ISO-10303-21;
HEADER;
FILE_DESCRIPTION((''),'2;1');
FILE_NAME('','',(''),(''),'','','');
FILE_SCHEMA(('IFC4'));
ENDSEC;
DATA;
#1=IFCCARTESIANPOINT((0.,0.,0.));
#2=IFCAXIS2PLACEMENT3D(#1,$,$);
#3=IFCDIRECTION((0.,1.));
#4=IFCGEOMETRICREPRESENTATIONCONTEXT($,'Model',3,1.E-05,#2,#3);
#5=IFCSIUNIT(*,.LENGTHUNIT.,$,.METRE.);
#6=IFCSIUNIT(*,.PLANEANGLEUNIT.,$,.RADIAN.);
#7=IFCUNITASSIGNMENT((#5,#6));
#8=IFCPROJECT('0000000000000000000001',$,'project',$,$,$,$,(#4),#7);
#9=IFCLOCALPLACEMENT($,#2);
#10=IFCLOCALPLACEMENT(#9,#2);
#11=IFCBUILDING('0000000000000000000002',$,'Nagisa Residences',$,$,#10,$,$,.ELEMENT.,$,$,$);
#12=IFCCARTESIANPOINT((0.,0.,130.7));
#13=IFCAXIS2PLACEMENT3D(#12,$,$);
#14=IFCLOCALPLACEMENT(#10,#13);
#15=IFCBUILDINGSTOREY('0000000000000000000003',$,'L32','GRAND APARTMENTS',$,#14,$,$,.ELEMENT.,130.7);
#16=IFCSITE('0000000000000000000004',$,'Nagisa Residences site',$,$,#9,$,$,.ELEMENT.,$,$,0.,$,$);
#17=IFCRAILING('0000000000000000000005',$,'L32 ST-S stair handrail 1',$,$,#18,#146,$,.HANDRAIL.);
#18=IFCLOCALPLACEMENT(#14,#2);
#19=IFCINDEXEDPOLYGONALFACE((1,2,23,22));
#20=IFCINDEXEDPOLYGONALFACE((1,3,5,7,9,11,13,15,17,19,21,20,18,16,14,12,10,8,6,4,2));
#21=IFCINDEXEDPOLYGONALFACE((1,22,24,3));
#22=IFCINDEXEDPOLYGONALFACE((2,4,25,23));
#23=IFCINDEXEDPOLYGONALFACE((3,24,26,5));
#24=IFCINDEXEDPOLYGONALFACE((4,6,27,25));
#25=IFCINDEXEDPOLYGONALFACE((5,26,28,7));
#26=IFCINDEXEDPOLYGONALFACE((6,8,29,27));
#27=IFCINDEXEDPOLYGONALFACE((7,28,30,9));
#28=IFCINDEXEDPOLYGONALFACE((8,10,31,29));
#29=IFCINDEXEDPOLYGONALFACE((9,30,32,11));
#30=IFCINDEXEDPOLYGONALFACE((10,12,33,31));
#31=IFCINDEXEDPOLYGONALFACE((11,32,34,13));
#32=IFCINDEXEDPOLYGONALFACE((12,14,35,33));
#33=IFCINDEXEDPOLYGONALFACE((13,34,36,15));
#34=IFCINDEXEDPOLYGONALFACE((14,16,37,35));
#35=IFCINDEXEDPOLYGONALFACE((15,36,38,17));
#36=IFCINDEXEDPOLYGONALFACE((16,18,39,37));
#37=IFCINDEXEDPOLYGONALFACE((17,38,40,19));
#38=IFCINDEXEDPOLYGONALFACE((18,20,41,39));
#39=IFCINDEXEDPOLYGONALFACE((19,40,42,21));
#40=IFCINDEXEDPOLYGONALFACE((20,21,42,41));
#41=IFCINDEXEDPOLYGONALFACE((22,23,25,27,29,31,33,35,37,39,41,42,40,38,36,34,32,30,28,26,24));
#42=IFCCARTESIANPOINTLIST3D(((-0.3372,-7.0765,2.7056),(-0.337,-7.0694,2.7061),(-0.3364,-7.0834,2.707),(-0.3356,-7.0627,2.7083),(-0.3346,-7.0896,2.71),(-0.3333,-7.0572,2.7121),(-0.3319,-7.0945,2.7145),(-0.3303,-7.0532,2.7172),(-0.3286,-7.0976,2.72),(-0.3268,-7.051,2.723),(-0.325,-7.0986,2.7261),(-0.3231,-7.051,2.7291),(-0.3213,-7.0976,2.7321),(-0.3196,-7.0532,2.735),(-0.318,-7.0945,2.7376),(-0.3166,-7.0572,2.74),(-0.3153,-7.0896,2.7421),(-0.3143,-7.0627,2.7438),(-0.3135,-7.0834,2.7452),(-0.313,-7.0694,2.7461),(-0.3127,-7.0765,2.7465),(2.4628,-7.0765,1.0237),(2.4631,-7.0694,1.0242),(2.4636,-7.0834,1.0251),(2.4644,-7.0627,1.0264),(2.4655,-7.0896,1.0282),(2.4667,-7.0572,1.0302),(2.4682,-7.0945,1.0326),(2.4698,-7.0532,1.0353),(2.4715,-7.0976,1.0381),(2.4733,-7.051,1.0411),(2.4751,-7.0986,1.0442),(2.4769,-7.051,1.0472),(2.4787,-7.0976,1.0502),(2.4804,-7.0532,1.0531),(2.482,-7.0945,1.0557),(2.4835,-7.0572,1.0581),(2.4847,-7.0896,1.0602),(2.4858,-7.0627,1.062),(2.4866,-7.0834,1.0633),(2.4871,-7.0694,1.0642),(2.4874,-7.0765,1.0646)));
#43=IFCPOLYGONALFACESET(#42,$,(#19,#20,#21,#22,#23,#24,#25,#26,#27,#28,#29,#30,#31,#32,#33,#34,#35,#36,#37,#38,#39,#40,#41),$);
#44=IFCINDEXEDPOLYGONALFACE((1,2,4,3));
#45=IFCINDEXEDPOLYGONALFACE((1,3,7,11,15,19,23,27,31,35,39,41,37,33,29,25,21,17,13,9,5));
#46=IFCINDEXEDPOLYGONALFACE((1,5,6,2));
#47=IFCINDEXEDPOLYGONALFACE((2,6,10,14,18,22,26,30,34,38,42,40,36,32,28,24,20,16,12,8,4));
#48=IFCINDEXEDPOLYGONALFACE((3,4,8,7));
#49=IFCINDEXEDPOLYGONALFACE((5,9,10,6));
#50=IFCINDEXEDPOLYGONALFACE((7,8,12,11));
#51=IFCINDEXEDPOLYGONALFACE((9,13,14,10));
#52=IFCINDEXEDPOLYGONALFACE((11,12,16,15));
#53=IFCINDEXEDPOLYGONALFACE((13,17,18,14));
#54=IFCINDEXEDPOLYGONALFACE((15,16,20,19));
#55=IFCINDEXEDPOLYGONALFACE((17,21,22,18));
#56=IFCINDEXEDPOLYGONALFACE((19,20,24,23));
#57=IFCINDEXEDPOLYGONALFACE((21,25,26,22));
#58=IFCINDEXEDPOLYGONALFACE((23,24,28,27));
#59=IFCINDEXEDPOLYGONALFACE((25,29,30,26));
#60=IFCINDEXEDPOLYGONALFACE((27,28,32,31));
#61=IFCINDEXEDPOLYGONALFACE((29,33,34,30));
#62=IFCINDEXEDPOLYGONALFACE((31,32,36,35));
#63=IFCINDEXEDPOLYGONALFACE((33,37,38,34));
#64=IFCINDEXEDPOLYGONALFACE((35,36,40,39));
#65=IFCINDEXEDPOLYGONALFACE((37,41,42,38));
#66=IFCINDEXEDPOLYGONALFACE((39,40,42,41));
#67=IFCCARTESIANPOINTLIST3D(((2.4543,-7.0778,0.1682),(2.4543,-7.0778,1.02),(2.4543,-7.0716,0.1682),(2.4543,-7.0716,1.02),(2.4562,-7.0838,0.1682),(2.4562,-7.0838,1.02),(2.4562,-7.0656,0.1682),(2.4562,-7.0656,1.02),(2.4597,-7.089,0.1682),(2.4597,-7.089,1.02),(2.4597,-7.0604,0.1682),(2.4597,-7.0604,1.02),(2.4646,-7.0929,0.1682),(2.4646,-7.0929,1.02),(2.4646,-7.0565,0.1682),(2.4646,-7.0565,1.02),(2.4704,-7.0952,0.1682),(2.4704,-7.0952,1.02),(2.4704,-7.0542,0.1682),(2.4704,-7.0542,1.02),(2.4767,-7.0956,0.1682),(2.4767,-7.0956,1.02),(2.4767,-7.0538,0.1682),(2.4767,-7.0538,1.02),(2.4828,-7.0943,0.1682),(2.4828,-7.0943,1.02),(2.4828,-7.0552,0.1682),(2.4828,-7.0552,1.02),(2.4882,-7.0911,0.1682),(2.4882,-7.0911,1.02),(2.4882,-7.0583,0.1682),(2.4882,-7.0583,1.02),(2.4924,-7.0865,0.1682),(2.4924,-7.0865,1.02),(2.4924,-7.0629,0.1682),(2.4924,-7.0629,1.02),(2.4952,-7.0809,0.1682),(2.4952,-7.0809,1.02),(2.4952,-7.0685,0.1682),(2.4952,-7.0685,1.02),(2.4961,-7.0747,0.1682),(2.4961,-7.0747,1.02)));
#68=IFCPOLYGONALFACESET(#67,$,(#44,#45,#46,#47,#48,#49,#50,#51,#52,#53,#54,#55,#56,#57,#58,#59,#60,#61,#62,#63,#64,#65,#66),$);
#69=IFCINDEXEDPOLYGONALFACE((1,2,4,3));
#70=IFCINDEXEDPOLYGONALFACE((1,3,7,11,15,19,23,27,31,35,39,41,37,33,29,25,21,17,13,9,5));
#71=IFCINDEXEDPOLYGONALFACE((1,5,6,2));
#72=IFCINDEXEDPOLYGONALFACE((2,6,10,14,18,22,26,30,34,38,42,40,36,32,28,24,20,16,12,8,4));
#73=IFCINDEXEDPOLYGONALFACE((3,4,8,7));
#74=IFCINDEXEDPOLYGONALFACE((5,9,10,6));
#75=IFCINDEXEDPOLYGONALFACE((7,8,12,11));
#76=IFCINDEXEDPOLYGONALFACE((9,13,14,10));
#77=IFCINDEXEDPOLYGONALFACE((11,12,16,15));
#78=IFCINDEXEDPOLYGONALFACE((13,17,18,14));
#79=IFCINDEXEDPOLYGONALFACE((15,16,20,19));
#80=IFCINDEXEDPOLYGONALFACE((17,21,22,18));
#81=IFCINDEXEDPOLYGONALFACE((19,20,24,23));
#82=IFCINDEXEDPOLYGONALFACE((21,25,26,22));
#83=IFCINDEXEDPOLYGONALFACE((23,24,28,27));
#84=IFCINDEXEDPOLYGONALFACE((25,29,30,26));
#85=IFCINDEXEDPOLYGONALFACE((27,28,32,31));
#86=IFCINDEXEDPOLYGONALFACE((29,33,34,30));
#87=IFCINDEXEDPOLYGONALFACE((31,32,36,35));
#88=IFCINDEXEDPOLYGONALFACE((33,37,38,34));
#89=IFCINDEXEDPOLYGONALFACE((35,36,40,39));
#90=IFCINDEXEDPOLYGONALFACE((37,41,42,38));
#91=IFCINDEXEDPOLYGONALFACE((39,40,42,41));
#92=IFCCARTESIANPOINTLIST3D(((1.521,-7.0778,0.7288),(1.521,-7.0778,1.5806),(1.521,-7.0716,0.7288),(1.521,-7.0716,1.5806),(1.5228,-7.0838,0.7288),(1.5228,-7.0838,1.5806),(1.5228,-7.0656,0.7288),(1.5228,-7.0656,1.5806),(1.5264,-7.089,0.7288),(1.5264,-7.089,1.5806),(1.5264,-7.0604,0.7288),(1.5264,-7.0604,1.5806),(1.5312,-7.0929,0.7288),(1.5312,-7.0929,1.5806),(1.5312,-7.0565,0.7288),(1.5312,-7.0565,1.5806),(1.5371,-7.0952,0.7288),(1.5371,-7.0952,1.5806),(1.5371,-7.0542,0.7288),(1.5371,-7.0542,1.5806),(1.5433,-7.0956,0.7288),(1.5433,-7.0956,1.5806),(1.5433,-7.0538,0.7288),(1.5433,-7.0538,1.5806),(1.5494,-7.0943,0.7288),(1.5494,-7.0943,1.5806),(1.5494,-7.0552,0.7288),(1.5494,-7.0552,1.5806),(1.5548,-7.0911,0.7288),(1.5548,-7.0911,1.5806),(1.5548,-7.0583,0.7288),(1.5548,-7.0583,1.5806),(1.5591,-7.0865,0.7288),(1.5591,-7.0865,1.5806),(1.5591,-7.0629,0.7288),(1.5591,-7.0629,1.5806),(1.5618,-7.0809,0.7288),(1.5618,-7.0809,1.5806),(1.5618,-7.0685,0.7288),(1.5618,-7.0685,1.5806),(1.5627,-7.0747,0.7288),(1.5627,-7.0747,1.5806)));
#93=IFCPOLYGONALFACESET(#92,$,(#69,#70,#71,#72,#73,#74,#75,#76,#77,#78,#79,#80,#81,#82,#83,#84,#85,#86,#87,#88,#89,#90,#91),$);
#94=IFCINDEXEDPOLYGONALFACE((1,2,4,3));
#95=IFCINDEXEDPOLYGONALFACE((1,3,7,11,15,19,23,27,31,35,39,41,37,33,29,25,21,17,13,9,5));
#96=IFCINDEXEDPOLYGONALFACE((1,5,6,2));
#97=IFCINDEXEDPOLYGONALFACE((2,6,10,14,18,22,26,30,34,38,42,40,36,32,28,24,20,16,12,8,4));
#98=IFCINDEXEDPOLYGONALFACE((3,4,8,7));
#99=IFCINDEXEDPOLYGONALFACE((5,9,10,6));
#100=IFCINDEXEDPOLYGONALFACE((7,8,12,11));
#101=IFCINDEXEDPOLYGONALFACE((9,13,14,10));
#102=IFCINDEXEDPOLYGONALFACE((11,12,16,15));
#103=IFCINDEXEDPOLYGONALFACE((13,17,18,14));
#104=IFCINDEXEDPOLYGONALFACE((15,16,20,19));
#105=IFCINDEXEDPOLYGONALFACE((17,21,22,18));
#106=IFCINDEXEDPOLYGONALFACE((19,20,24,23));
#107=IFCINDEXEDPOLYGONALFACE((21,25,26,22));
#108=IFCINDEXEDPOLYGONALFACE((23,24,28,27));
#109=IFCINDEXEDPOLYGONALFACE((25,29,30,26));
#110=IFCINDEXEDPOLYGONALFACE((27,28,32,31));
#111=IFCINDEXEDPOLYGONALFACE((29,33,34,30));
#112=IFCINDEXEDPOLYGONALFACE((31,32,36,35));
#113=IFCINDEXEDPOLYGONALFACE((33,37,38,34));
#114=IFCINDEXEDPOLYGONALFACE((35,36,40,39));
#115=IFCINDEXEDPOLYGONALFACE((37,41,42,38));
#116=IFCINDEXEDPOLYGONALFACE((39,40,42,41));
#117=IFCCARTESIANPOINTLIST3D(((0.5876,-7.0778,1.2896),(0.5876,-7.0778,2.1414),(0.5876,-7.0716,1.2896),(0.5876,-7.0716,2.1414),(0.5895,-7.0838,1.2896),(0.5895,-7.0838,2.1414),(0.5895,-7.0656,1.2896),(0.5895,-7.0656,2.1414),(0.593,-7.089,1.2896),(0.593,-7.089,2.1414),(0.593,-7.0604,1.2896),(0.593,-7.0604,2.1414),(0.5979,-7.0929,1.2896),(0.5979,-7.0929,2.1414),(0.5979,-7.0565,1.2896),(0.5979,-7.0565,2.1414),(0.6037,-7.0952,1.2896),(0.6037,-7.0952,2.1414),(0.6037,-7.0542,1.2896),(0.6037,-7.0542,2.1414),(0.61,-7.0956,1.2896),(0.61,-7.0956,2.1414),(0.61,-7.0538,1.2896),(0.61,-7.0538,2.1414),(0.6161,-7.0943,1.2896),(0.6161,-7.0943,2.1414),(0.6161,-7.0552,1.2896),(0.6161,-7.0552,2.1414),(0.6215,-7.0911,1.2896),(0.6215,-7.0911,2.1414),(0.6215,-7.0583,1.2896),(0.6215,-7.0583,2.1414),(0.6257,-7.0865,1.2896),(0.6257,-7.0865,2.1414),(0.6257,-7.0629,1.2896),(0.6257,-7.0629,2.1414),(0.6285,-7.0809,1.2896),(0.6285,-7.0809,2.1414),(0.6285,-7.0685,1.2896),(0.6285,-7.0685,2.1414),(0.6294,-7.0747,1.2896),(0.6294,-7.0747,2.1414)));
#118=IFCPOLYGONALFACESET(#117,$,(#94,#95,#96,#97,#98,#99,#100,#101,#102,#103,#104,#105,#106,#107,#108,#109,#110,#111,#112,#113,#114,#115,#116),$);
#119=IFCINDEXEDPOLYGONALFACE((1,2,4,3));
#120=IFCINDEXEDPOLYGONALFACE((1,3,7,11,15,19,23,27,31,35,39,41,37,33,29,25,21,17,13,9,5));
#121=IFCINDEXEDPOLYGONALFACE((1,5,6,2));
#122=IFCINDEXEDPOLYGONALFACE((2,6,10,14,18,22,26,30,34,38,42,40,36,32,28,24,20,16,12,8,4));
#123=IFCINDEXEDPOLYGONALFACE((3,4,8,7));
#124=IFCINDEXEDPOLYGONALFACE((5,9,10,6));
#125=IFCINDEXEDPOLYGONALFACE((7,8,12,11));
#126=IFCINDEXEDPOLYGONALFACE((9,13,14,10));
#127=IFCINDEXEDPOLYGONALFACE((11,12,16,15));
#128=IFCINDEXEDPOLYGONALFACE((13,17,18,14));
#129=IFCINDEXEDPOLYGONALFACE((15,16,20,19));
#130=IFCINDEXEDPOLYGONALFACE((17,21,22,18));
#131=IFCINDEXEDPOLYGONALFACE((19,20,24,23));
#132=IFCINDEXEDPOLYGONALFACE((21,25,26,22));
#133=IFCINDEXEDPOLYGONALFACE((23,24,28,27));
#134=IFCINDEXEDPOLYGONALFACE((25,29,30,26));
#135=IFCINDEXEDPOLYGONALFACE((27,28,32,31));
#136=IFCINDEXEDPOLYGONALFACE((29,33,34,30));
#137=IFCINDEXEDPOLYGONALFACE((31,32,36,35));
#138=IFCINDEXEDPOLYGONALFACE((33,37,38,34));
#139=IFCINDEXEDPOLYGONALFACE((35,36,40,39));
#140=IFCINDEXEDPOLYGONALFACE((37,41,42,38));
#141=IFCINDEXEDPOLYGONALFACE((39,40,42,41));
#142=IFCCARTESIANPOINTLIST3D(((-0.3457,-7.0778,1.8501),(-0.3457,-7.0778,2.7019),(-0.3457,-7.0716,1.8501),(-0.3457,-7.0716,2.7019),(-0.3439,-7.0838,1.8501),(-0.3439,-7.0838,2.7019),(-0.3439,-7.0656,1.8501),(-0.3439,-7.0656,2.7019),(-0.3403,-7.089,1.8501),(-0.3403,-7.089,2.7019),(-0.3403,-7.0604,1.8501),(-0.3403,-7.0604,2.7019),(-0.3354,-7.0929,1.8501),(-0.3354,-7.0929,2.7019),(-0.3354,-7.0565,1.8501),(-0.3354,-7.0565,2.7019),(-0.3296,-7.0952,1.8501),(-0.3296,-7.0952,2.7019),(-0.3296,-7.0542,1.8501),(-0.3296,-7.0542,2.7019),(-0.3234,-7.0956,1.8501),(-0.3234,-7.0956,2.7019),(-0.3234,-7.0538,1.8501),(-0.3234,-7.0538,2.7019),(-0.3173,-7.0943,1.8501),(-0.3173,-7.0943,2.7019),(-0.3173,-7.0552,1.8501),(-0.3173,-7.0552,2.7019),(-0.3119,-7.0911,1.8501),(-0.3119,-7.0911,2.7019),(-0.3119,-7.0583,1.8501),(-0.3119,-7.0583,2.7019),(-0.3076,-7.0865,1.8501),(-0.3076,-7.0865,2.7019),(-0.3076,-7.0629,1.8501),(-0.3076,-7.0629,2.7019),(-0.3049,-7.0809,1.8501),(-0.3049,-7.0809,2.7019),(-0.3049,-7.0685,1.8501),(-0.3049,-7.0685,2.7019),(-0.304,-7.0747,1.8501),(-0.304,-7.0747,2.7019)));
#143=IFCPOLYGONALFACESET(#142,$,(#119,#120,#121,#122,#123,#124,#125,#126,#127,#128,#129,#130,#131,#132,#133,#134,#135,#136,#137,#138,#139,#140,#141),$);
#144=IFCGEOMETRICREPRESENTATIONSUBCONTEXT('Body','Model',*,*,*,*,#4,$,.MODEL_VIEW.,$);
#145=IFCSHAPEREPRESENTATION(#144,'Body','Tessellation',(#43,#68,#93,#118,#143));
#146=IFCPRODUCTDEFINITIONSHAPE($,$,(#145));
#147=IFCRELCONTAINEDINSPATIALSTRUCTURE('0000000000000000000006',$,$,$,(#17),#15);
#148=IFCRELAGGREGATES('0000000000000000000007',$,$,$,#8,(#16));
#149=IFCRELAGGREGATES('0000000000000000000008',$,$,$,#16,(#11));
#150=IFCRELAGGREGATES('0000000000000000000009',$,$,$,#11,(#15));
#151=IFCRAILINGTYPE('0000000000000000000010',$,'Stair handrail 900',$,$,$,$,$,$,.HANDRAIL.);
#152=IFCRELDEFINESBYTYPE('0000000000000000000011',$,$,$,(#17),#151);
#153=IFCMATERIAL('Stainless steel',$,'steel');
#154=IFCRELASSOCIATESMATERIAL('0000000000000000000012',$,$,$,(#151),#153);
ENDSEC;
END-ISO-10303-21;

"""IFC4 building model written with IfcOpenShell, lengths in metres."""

from ifc_helpers import new_model, si_unit, direction, frame, origin, origin_2d, place, context, subcontext, project, spatial, circle, extrude, material, type_object, element, save


model = new_model("IFC4")

# Units and contexts
model_context = context("Model", 3, precision=1e-05, world=origin(), true_north=direction((0.0, 1.0)))
body_context = subcontext(model_context, "Body", "Model", "MODEL_VIEW")
ifc_project = project(units=[si_unit("LENGTHUNIT", "METRE"), si_unit("PLANEANGLEUNIT", "RADIAN")], contexts=[model_context])

# Site, building, storey
site_placement = place(None, origin())
site = spatial("IfcSite", under=ifc_project, at=site_placement, Name="Nagisa Residences site", CompositionType="ELEMENT", RefElevation=0.0)
building_placement = place(site_placement, origin())
building = spatial("IfcBuilding", under=site, at=building_placement, Name="Nagisa Residences", CompositionType="ELEMENT")
storey_placement = place(building_placement, frame((0.0, 0.0, 130.7)))
storey = spatial("IfcBuildingStorey", under=building, at=storey_placement, Name="L32", Description="GRAND APARTMENTS", CompositionType="ELEMENT", Elevation=130.7)

# Railing
ifc_material_1 = material(Name="Stainless steel", Category="steel")
railing_type_1 = type_object("IfcRailingType", Name="Stair handrail 900", PredefinedType="HANDRAIL", material=ifc_material_1)
railing_1_placement = place(storey_placement, frame((2.4751, -7.0747, 0.1682)))
element("IfcRailing", 1, at=railing_1_placement, inside=storey, type_object=railing_type_1, Name="L32 ST-S stair handrail 1", PredefinedType="HANDRAIL", context=body_context, shape_type="SweptSolid", body=[
    extrude(circle(Radius=0.0239, at=origin_2d()), frame((0.0, 0.0, 0.876), z_axis=(-0.857242, 0.0, 0.514913), x_axis=(0.0, -1.0, 0.0)), (0.0, 0.0, 1.0), 3.2664),
    extrude(circle(Radius=0.021, at=origin_2d()), origin(), (0.0, 0.0, 1.0), 0.8518),
    extrude(circle(Radius=0.021, at=origin_2d()), frame((-0.9333, 0.0, 0.5605)), (0.0, 0.0, 1.0), 0.8518),
    extrude(circle(Radius=0.021, at=origin_2d()), frame((-1.8667, 0.0, 1.1213)), (0.0, 0.0, 1.0), 0.8518),
    extrude(circle(Radius=0.021, at=origin_2d()), frame((-2.8, 0.0, 1.6819)), (0.0, 0.0, 1.0), 0.8518),
])

save(model, "model.ifc")
